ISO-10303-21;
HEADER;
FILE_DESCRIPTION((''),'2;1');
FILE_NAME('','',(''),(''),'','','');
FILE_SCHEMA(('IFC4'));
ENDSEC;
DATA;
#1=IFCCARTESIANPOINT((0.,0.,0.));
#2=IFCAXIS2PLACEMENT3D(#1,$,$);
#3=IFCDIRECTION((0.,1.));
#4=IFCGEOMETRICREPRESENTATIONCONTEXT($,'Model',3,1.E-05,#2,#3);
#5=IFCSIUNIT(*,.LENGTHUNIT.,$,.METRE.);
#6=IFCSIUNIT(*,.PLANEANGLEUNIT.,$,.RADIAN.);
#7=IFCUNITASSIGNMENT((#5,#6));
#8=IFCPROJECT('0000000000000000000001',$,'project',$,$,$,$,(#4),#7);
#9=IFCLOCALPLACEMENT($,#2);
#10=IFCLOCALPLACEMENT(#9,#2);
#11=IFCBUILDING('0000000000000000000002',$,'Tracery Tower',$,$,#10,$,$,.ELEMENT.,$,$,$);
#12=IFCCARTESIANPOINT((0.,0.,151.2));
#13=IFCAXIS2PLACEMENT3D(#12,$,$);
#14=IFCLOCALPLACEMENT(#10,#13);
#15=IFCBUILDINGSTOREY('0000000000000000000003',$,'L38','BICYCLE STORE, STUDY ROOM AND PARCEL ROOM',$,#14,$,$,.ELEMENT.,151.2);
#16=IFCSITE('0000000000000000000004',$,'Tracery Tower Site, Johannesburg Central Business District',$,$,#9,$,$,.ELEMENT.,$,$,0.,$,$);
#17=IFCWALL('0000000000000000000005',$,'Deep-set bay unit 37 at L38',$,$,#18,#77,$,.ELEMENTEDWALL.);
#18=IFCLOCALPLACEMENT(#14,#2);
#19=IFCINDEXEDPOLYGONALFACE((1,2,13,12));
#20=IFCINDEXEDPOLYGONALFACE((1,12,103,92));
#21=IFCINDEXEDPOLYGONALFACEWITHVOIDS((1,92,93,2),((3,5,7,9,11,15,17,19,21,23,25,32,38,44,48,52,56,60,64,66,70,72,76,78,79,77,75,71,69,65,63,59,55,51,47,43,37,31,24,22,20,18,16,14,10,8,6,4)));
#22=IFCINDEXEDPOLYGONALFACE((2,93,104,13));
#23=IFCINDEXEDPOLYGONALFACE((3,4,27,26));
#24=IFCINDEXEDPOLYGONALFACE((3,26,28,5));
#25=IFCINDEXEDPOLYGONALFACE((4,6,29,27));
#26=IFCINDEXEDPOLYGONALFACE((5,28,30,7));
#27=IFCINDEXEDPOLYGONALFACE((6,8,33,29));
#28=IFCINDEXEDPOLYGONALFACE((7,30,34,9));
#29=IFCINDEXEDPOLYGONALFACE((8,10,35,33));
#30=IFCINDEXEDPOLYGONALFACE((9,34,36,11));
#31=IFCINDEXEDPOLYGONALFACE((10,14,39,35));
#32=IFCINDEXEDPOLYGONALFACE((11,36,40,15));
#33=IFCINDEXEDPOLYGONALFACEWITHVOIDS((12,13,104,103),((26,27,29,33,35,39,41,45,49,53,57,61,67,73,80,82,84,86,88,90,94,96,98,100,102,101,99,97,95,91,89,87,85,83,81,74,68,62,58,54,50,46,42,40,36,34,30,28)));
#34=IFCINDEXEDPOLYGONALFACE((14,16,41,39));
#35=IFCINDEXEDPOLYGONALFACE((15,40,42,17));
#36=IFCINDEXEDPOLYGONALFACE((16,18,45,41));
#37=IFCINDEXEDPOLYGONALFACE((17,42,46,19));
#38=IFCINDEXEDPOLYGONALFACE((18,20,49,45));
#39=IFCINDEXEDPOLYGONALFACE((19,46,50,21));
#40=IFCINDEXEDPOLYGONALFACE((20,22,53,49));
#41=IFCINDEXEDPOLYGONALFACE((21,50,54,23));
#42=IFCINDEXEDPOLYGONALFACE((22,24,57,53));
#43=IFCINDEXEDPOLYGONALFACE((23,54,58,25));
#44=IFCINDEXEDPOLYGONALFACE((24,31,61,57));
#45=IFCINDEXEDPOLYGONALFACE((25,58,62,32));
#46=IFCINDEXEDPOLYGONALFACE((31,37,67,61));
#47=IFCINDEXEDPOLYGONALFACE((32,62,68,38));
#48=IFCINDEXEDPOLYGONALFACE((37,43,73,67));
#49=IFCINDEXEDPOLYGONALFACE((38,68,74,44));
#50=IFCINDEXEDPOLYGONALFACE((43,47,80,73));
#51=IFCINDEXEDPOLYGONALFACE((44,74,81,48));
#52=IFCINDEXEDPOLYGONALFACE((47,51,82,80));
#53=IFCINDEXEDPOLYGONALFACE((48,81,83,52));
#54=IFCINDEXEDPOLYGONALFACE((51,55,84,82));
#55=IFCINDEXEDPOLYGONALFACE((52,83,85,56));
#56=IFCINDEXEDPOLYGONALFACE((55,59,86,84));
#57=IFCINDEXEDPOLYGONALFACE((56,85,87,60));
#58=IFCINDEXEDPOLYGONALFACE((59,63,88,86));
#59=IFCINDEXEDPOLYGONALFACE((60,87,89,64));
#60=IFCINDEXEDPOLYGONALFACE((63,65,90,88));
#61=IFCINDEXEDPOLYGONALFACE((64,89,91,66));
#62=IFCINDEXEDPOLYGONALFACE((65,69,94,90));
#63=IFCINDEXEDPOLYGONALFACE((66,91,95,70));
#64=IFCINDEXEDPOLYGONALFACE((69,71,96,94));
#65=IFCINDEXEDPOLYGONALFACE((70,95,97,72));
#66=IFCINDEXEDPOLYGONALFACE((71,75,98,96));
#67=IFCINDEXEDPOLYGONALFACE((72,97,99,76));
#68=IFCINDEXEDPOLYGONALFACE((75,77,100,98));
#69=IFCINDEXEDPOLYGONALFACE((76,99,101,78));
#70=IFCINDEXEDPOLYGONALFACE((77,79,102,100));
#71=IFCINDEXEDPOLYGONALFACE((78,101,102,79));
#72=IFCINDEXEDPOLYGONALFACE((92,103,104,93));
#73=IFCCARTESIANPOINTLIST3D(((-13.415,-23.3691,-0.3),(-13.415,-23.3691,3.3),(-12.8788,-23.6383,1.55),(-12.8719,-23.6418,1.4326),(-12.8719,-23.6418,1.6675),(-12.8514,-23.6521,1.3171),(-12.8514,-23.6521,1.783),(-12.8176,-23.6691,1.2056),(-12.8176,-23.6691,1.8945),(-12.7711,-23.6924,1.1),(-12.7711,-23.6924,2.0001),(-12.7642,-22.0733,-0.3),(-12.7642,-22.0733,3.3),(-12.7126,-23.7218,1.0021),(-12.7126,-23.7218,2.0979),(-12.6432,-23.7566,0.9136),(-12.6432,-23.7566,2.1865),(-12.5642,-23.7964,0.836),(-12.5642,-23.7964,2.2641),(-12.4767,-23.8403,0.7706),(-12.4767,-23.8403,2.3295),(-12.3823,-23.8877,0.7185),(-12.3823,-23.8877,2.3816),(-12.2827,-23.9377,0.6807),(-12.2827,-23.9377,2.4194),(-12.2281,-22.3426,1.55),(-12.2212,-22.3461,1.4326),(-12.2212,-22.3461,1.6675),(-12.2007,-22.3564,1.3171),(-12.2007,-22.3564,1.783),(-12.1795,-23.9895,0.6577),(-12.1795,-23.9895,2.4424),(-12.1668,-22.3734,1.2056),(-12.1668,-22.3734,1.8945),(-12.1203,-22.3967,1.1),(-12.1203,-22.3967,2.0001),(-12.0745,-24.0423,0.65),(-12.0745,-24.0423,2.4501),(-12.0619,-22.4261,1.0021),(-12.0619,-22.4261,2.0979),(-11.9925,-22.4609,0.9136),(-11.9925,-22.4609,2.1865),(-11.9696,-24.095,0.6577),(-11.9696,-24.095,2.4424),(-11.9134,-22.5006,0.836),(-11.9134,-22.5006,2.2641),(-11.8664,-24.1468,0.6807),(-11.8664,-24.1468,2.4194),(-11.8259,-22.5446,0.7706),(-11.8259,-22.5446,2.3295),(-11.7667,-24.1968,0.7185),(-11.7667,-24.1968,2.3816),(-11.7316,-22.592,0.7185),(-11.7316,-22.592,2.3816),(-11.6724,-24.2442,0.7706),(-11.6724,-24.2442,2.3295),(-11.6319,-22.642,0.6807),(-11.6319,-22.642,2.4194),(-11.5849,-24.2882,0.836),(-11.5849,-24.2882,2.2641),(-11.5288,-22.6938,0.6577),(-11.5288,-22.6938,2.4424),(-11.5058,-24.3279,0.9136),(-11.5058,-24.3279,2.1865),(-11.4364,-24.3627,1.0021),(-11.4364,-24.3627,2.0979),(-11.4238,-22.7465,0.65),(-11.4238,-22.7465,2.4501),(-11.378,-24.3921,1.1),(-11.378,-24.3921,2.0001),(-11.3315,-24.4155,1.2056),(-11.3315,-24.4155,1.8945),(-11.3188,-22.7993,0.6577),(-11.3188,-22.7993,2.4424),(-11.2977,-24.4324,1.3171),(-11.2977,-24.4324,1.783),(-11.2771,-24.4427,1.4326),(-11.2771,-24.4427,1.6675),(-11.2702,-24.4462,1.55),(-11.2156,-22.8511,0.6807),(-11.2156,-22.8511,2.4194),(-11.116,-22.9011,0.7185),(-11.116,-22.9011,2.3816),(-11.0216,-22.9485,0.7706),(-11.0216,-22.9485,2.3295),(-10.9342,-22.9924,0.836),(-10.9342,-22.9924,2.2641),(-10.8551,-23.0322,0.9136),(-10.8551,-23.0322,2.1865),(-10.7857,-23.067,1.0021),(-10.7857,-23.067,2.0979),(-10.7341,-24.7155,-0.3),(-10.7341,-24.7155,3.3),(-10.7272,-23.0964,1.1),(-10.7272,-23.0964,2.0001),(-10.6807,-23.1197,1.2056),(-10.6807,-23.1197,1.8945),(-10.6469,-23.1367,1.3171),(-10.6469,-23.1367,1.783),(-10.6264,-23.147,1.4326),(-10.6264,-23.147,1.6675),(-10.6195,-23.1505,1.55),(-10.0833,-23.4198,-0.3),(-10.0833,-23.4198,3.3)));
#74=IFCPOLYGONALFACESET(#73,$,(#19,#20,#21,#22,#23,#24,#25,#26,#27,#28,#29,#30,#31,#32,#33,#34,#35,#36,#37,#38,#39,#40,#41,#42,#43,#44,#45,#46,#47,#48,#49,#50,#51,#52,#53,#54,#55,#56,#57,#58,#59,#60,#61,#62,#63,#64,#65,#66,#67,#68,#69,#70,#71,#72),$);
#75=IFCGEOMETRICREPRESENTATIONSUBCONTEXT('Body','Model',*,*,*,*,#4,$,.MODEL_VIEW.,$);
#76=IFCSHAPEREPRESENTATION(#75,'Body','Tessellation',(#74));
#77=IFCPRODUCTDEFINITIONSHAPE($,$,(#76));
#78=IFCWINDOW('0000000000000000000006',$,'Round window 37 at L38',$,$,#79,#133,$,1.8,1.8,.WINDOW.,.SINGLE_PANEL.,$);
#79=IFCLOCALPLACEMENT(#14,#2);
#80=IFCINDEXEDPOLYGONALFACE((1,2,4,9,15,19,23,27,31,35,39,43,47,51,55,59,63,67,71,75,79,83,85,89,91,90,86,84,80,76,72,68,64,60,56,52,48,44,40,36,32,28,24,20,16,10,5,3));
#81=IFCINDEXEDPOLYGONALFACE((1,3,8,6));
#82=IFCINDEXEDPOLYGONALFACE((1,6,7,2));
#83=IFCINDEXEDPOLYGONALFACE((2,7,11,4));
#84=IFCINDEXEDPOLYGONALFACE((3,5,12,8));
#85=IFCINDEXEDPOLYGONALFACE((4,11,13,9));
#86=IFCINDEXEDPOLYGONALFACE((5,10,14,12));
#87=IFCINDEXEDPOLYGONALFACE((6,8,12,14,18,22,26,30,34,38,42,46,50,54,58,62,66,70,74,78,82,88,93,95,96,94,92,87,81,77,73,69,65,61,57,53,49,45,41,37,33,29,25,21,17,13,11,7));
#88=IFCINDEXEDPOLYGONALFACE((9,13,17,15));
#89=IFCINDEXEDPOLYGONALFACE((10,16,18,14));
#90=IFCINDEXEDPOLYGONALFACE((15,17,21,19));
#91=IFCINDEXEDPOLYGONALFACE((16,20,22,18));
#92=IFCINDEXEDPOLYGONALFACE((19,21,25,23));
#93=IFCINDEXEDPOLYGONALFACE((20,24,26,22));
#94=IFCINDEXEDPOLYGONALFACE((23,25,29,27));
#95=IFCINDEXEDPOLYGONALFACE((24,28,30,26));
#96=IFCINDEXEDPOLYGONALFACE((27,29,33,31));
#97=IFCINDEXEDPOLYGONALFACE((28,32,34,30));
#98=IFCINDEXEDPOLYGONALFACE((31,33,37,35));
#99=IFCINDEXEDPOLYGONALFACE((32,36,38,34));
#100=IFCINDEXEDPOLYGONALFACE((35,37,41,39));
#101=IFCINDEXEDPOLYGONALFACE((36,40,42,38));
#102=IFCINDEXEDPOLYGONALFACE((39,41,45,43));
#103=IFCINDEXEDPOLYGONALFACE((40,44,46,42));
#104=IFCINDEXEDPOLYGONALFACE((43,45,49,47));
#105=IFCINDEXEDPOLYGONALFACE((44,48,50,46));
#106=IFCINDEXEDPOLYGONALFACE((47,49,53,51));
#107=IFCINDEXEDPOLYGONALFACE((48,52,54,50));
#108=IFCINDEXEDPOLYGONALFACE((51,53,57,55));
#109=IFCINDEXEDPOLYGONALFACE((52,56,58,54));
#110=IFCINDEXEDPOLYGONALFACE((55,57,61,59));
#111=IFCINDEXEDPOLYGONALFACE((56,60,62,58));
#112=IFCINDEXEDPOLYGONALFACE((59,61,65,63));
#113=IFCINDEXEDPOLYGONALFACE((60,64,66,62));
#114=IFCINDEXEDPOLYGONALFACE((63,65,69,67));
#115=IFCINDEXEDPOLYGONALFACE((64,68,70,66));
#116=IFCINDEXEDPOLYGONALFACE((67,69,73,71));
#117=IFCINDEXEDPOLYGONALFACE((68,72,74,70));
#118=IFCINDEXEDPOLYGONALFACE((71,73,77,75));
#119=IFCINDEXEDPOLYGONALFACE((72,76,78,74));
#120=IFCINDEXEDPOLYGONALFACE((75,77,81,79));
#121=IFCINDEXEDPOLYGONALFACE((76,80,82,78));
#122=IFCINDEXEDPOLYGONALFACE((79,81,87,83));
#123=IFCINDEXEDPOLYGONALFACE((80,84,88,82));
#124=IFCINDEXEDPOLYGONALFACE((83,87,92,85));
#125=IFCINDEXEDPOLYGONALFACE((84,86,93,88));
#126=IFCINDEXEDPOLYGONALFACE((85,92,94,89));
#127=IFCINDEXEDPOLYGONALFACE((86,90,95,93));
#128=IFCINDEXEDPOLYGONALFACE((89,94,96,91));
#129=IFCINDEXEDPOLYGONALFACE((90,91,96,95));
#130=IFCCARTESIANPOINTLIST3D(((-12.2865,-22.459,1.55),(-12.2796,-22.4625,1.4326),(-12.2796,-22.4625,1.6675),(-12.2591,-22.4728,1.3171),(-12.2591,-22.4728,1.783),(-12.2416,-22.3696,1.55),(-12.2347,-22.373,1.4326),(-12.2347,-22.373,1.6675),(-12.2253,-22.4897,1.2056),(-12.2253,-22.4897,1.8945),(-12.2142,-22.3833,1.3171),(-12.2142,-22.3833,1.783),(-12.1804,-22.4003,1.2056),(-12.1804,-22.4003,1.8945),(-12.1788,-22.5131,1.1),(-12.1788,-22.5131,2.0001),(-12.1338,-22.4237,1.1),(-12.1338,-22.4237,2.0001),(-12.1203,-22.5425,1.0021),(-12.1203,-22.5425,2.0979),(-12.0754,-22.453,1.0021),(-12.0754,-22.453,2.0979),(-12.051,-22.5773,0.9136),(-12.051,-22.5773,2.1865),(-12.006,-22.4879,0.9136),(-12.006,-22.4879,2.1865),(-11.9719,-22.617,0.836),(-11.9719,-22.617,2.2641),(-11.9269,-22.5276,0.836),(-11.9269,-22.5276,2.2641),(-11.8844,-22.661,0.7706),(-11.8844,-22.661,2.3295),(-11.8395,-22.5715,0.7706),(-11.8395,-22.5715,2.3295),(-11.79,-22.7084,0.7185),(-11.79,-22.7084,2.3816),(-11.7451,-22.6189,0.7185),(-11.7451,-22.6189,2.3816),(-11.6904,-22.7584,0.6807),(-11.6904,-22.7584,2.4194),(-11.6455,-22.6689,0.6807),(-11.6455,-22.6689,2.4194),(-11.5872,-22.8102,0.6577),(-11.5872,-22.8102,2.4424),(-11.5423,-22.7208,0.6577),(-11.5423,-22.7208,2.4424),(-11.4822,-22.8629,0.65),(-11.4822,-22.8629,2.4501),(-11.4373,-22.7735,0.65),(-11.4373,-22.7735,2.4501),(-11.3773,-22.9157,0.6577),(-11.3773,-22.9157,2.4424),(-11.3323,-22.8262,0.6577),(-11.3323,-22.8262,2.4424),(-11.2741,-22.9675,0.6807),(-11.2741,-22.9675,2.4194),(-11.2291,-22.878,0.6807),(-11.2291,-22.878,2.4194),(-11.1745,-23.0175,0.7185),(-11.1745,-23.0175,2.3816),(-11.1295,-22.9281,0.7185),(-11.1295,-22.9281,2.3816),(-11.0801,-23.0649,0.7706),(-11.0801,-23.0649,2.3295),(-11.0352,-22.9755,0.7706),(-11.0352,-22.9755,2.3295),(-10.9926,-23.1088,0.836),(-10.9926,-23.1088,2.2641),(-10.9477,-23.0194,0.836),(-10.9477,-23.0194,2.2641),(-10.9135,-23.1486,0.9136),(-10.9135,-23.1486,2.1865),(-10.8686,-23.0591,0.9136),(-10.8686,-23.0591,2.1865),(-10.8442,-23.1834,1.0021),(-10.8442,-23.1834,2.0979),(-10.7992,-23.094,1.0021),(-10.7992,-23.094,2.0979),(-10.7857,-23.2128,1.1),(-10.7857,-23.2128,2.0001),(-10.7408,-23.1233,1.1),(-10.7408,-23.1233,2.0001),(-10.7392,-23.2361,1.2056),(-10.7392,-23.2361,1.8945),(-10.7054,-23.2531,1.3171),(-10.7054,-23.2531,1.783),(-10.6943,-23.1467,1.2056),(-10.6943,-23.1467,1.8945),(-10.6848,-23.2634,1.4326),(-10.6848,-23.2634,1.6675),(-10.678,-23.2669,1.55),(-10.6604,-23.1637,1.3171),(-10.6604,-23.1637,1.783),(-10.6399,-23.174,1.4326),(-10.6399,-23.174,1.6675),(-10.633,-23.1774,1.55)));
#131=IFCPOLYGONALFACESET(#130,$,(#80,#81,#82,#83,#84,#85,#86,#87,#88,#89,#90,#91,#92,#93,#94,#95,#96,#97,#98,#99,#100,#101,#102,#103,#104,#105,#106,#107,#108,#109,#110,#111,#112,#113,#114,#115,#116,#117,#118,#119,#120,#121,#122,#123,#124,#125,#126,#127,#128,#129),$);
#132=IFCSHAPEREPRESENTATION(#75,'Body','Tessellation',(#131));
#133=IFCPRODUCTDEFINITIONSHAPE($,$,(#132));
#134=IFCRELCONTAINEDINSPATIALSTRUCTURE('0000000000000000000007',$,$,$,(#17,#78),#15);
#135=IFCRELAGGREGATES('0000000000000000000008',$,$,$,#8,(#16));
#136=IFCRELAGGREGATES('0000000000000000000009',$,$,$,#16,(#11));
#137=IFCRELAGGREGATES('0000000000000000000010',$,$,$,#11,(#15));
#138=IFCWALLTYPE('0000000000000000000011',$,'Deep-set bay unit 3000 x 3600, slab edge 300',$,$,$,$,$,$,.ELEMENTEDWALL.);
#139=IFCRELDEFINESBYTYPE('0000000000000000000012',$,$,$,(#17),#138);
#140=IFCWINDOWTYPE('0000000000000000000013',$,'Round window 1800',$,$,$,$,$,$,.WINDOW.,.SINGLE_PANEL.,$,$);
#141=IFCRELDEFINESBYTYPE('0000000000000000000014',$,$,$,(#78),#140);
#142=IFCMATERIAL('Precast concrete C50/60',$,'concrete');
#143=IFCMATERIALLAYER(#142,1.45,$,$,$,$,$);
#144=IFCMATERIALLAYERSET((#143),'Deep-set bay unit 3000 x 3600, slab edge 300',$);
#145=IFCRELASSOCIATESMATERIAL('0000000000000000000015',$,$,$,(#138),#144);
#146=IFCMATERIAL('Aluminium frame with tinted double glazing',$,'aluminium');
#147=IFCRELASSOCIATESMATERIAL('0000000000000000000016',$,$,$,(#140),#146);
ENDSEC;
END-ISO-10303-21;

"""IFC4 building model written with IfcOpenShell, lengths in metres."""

from ifc_helpers import new_model, si_unit, direction, frame, frame_2d, origin, origin_2d, place, context, subcontext, project, spatial, rectangle, circle, extrude, material, layer, layer_set, type_object, element, fill, save


model = new_model("IFC4")

# Units and contexts
model_context = context("Model", 3, precision=1e-05, world=origin(), true_north=direction((0.0, 1.0)))
body_context = subcontext(model_context, "Body", "Model", "MODEL_VIEW")
ifc_project = project(units=[si_unit("LENGTHUNIT", "METRE"), si_unit("PLANEANGLEUNIT", "RADIAN")], contexts=[model_context])

# Site, building, storey
site_placement = place(None, origin())
site = spatial("IfcSite", under=ifc_project, at=site_placement, Name="Tracery Tower Site, Johannesburg Central Business District", CompositionType="ELEMENT", RefElevation=0.0)
building_placement = place(site_placement, origin())
building = spatial("IfcBuilding", under=site, at=building_placement, Name="Tracery Tower", CompositionType="ELEMENT")
storey_placement = place(building_placement, frame((0.0, 0.0, 151.2)))
storey = spatial("IfcBuildingStorey", under=building, at=storey_placement, Name="L38", Description="BICYCLE STORE, STUDY ROOM AND PARCEL ROOM", CompositionType="ELEMENT", Elevation=151.2)

# Wall, opening, window
ifc_material_1 = material(Name="Precast concrete C50/60", Category="concrete")
ifc_layer_1 = layer(ifc_material_1, 1.45)
ifc_layer_set_1 = layer_set([ifc_layer_1], Name="Deep-set bay unit 3000 x 3600, slab edge 300")
wall_type_1 = type_object("IfcWallType", Name="Deep-set bay unit 3000 x 3600, slab edge 300", PredefinedType="ELEMENTEDWALL", material=ifc_layer_set_1)
ifc_material_2 = material(Name="Aluminium frame with tinted double glazing", Category="aluminium")
window_type = type_object("IfcWindowType", Name="Round window 1800", PartitioningType="SINGLE_PANEL", PredefinedType="WINDOW", material=ifc_material_2)
wall_1_placement = place(storey_placement, frame((-13.0896, -22.7212, -0.3), z_axis=(0.0, 0.0, 1.0), x_axis=(0.893628, -0.448808, 0.0)))
wall_1 = element("IfcWall", 1, at=wall_1_placement, inside=storey, type_object=wall_type_1, Name="Deep-set bay unit 37 at L38", PredefinedType="ELEMENTEDWALL", context=body_context, shape_type="SweptSolid", body=[
    extrude(rectangle(XDim=3.0, YDim=1.45, at=frame_2d((1.5, 0.0))), origin(), (0.0, 0.0, 1.0), 3.6001),
])
opening_1_placement = place(wall_1_placement, frame((1.5, 0.0, 1.8501)))
opening_1 = element("IfcOpeningElement", 2, at=opening_1_placement, cuts=wall_1, PredefinedType="OPENING", context=body_context, shape_type="SweptSolid", body=[
    extrude(circle(Radius=0.9, at=origin_2d()), frame((0.0, 0.7349, 0.0), z_axis=(0.0, -1.0, 0.0), x_axis=(1.0, 0.0, 0.0)), (0.0, 0.0, 1.0), 1.47),
])
window_1_placement = place(opening_1_placement, origin())
window_1 = element("IfcWindow", 3, at=window_1_placement, inside=storey, type_object=window_type, Name="Round window 37 at L38", OverallHeight=1.8, OverallWidth=1.8, PartitioningType="SINGLE_PANEL", PredefinedType="WINDOW", context=body_context, shape_type="SweptSolid", body=[
    extrude(circle(Radius=0.9, at=origin_2d()), frame((0.0, 0.6948, 0.0), z_axis=(0.0, -1.0, 0.0), x_axis=(1.0, 0.0, 0.0)), (0.0, 0.0, 1.0), 0.1001),
])
fill(opening_1, window_1)

save(model, "model.ifc")
